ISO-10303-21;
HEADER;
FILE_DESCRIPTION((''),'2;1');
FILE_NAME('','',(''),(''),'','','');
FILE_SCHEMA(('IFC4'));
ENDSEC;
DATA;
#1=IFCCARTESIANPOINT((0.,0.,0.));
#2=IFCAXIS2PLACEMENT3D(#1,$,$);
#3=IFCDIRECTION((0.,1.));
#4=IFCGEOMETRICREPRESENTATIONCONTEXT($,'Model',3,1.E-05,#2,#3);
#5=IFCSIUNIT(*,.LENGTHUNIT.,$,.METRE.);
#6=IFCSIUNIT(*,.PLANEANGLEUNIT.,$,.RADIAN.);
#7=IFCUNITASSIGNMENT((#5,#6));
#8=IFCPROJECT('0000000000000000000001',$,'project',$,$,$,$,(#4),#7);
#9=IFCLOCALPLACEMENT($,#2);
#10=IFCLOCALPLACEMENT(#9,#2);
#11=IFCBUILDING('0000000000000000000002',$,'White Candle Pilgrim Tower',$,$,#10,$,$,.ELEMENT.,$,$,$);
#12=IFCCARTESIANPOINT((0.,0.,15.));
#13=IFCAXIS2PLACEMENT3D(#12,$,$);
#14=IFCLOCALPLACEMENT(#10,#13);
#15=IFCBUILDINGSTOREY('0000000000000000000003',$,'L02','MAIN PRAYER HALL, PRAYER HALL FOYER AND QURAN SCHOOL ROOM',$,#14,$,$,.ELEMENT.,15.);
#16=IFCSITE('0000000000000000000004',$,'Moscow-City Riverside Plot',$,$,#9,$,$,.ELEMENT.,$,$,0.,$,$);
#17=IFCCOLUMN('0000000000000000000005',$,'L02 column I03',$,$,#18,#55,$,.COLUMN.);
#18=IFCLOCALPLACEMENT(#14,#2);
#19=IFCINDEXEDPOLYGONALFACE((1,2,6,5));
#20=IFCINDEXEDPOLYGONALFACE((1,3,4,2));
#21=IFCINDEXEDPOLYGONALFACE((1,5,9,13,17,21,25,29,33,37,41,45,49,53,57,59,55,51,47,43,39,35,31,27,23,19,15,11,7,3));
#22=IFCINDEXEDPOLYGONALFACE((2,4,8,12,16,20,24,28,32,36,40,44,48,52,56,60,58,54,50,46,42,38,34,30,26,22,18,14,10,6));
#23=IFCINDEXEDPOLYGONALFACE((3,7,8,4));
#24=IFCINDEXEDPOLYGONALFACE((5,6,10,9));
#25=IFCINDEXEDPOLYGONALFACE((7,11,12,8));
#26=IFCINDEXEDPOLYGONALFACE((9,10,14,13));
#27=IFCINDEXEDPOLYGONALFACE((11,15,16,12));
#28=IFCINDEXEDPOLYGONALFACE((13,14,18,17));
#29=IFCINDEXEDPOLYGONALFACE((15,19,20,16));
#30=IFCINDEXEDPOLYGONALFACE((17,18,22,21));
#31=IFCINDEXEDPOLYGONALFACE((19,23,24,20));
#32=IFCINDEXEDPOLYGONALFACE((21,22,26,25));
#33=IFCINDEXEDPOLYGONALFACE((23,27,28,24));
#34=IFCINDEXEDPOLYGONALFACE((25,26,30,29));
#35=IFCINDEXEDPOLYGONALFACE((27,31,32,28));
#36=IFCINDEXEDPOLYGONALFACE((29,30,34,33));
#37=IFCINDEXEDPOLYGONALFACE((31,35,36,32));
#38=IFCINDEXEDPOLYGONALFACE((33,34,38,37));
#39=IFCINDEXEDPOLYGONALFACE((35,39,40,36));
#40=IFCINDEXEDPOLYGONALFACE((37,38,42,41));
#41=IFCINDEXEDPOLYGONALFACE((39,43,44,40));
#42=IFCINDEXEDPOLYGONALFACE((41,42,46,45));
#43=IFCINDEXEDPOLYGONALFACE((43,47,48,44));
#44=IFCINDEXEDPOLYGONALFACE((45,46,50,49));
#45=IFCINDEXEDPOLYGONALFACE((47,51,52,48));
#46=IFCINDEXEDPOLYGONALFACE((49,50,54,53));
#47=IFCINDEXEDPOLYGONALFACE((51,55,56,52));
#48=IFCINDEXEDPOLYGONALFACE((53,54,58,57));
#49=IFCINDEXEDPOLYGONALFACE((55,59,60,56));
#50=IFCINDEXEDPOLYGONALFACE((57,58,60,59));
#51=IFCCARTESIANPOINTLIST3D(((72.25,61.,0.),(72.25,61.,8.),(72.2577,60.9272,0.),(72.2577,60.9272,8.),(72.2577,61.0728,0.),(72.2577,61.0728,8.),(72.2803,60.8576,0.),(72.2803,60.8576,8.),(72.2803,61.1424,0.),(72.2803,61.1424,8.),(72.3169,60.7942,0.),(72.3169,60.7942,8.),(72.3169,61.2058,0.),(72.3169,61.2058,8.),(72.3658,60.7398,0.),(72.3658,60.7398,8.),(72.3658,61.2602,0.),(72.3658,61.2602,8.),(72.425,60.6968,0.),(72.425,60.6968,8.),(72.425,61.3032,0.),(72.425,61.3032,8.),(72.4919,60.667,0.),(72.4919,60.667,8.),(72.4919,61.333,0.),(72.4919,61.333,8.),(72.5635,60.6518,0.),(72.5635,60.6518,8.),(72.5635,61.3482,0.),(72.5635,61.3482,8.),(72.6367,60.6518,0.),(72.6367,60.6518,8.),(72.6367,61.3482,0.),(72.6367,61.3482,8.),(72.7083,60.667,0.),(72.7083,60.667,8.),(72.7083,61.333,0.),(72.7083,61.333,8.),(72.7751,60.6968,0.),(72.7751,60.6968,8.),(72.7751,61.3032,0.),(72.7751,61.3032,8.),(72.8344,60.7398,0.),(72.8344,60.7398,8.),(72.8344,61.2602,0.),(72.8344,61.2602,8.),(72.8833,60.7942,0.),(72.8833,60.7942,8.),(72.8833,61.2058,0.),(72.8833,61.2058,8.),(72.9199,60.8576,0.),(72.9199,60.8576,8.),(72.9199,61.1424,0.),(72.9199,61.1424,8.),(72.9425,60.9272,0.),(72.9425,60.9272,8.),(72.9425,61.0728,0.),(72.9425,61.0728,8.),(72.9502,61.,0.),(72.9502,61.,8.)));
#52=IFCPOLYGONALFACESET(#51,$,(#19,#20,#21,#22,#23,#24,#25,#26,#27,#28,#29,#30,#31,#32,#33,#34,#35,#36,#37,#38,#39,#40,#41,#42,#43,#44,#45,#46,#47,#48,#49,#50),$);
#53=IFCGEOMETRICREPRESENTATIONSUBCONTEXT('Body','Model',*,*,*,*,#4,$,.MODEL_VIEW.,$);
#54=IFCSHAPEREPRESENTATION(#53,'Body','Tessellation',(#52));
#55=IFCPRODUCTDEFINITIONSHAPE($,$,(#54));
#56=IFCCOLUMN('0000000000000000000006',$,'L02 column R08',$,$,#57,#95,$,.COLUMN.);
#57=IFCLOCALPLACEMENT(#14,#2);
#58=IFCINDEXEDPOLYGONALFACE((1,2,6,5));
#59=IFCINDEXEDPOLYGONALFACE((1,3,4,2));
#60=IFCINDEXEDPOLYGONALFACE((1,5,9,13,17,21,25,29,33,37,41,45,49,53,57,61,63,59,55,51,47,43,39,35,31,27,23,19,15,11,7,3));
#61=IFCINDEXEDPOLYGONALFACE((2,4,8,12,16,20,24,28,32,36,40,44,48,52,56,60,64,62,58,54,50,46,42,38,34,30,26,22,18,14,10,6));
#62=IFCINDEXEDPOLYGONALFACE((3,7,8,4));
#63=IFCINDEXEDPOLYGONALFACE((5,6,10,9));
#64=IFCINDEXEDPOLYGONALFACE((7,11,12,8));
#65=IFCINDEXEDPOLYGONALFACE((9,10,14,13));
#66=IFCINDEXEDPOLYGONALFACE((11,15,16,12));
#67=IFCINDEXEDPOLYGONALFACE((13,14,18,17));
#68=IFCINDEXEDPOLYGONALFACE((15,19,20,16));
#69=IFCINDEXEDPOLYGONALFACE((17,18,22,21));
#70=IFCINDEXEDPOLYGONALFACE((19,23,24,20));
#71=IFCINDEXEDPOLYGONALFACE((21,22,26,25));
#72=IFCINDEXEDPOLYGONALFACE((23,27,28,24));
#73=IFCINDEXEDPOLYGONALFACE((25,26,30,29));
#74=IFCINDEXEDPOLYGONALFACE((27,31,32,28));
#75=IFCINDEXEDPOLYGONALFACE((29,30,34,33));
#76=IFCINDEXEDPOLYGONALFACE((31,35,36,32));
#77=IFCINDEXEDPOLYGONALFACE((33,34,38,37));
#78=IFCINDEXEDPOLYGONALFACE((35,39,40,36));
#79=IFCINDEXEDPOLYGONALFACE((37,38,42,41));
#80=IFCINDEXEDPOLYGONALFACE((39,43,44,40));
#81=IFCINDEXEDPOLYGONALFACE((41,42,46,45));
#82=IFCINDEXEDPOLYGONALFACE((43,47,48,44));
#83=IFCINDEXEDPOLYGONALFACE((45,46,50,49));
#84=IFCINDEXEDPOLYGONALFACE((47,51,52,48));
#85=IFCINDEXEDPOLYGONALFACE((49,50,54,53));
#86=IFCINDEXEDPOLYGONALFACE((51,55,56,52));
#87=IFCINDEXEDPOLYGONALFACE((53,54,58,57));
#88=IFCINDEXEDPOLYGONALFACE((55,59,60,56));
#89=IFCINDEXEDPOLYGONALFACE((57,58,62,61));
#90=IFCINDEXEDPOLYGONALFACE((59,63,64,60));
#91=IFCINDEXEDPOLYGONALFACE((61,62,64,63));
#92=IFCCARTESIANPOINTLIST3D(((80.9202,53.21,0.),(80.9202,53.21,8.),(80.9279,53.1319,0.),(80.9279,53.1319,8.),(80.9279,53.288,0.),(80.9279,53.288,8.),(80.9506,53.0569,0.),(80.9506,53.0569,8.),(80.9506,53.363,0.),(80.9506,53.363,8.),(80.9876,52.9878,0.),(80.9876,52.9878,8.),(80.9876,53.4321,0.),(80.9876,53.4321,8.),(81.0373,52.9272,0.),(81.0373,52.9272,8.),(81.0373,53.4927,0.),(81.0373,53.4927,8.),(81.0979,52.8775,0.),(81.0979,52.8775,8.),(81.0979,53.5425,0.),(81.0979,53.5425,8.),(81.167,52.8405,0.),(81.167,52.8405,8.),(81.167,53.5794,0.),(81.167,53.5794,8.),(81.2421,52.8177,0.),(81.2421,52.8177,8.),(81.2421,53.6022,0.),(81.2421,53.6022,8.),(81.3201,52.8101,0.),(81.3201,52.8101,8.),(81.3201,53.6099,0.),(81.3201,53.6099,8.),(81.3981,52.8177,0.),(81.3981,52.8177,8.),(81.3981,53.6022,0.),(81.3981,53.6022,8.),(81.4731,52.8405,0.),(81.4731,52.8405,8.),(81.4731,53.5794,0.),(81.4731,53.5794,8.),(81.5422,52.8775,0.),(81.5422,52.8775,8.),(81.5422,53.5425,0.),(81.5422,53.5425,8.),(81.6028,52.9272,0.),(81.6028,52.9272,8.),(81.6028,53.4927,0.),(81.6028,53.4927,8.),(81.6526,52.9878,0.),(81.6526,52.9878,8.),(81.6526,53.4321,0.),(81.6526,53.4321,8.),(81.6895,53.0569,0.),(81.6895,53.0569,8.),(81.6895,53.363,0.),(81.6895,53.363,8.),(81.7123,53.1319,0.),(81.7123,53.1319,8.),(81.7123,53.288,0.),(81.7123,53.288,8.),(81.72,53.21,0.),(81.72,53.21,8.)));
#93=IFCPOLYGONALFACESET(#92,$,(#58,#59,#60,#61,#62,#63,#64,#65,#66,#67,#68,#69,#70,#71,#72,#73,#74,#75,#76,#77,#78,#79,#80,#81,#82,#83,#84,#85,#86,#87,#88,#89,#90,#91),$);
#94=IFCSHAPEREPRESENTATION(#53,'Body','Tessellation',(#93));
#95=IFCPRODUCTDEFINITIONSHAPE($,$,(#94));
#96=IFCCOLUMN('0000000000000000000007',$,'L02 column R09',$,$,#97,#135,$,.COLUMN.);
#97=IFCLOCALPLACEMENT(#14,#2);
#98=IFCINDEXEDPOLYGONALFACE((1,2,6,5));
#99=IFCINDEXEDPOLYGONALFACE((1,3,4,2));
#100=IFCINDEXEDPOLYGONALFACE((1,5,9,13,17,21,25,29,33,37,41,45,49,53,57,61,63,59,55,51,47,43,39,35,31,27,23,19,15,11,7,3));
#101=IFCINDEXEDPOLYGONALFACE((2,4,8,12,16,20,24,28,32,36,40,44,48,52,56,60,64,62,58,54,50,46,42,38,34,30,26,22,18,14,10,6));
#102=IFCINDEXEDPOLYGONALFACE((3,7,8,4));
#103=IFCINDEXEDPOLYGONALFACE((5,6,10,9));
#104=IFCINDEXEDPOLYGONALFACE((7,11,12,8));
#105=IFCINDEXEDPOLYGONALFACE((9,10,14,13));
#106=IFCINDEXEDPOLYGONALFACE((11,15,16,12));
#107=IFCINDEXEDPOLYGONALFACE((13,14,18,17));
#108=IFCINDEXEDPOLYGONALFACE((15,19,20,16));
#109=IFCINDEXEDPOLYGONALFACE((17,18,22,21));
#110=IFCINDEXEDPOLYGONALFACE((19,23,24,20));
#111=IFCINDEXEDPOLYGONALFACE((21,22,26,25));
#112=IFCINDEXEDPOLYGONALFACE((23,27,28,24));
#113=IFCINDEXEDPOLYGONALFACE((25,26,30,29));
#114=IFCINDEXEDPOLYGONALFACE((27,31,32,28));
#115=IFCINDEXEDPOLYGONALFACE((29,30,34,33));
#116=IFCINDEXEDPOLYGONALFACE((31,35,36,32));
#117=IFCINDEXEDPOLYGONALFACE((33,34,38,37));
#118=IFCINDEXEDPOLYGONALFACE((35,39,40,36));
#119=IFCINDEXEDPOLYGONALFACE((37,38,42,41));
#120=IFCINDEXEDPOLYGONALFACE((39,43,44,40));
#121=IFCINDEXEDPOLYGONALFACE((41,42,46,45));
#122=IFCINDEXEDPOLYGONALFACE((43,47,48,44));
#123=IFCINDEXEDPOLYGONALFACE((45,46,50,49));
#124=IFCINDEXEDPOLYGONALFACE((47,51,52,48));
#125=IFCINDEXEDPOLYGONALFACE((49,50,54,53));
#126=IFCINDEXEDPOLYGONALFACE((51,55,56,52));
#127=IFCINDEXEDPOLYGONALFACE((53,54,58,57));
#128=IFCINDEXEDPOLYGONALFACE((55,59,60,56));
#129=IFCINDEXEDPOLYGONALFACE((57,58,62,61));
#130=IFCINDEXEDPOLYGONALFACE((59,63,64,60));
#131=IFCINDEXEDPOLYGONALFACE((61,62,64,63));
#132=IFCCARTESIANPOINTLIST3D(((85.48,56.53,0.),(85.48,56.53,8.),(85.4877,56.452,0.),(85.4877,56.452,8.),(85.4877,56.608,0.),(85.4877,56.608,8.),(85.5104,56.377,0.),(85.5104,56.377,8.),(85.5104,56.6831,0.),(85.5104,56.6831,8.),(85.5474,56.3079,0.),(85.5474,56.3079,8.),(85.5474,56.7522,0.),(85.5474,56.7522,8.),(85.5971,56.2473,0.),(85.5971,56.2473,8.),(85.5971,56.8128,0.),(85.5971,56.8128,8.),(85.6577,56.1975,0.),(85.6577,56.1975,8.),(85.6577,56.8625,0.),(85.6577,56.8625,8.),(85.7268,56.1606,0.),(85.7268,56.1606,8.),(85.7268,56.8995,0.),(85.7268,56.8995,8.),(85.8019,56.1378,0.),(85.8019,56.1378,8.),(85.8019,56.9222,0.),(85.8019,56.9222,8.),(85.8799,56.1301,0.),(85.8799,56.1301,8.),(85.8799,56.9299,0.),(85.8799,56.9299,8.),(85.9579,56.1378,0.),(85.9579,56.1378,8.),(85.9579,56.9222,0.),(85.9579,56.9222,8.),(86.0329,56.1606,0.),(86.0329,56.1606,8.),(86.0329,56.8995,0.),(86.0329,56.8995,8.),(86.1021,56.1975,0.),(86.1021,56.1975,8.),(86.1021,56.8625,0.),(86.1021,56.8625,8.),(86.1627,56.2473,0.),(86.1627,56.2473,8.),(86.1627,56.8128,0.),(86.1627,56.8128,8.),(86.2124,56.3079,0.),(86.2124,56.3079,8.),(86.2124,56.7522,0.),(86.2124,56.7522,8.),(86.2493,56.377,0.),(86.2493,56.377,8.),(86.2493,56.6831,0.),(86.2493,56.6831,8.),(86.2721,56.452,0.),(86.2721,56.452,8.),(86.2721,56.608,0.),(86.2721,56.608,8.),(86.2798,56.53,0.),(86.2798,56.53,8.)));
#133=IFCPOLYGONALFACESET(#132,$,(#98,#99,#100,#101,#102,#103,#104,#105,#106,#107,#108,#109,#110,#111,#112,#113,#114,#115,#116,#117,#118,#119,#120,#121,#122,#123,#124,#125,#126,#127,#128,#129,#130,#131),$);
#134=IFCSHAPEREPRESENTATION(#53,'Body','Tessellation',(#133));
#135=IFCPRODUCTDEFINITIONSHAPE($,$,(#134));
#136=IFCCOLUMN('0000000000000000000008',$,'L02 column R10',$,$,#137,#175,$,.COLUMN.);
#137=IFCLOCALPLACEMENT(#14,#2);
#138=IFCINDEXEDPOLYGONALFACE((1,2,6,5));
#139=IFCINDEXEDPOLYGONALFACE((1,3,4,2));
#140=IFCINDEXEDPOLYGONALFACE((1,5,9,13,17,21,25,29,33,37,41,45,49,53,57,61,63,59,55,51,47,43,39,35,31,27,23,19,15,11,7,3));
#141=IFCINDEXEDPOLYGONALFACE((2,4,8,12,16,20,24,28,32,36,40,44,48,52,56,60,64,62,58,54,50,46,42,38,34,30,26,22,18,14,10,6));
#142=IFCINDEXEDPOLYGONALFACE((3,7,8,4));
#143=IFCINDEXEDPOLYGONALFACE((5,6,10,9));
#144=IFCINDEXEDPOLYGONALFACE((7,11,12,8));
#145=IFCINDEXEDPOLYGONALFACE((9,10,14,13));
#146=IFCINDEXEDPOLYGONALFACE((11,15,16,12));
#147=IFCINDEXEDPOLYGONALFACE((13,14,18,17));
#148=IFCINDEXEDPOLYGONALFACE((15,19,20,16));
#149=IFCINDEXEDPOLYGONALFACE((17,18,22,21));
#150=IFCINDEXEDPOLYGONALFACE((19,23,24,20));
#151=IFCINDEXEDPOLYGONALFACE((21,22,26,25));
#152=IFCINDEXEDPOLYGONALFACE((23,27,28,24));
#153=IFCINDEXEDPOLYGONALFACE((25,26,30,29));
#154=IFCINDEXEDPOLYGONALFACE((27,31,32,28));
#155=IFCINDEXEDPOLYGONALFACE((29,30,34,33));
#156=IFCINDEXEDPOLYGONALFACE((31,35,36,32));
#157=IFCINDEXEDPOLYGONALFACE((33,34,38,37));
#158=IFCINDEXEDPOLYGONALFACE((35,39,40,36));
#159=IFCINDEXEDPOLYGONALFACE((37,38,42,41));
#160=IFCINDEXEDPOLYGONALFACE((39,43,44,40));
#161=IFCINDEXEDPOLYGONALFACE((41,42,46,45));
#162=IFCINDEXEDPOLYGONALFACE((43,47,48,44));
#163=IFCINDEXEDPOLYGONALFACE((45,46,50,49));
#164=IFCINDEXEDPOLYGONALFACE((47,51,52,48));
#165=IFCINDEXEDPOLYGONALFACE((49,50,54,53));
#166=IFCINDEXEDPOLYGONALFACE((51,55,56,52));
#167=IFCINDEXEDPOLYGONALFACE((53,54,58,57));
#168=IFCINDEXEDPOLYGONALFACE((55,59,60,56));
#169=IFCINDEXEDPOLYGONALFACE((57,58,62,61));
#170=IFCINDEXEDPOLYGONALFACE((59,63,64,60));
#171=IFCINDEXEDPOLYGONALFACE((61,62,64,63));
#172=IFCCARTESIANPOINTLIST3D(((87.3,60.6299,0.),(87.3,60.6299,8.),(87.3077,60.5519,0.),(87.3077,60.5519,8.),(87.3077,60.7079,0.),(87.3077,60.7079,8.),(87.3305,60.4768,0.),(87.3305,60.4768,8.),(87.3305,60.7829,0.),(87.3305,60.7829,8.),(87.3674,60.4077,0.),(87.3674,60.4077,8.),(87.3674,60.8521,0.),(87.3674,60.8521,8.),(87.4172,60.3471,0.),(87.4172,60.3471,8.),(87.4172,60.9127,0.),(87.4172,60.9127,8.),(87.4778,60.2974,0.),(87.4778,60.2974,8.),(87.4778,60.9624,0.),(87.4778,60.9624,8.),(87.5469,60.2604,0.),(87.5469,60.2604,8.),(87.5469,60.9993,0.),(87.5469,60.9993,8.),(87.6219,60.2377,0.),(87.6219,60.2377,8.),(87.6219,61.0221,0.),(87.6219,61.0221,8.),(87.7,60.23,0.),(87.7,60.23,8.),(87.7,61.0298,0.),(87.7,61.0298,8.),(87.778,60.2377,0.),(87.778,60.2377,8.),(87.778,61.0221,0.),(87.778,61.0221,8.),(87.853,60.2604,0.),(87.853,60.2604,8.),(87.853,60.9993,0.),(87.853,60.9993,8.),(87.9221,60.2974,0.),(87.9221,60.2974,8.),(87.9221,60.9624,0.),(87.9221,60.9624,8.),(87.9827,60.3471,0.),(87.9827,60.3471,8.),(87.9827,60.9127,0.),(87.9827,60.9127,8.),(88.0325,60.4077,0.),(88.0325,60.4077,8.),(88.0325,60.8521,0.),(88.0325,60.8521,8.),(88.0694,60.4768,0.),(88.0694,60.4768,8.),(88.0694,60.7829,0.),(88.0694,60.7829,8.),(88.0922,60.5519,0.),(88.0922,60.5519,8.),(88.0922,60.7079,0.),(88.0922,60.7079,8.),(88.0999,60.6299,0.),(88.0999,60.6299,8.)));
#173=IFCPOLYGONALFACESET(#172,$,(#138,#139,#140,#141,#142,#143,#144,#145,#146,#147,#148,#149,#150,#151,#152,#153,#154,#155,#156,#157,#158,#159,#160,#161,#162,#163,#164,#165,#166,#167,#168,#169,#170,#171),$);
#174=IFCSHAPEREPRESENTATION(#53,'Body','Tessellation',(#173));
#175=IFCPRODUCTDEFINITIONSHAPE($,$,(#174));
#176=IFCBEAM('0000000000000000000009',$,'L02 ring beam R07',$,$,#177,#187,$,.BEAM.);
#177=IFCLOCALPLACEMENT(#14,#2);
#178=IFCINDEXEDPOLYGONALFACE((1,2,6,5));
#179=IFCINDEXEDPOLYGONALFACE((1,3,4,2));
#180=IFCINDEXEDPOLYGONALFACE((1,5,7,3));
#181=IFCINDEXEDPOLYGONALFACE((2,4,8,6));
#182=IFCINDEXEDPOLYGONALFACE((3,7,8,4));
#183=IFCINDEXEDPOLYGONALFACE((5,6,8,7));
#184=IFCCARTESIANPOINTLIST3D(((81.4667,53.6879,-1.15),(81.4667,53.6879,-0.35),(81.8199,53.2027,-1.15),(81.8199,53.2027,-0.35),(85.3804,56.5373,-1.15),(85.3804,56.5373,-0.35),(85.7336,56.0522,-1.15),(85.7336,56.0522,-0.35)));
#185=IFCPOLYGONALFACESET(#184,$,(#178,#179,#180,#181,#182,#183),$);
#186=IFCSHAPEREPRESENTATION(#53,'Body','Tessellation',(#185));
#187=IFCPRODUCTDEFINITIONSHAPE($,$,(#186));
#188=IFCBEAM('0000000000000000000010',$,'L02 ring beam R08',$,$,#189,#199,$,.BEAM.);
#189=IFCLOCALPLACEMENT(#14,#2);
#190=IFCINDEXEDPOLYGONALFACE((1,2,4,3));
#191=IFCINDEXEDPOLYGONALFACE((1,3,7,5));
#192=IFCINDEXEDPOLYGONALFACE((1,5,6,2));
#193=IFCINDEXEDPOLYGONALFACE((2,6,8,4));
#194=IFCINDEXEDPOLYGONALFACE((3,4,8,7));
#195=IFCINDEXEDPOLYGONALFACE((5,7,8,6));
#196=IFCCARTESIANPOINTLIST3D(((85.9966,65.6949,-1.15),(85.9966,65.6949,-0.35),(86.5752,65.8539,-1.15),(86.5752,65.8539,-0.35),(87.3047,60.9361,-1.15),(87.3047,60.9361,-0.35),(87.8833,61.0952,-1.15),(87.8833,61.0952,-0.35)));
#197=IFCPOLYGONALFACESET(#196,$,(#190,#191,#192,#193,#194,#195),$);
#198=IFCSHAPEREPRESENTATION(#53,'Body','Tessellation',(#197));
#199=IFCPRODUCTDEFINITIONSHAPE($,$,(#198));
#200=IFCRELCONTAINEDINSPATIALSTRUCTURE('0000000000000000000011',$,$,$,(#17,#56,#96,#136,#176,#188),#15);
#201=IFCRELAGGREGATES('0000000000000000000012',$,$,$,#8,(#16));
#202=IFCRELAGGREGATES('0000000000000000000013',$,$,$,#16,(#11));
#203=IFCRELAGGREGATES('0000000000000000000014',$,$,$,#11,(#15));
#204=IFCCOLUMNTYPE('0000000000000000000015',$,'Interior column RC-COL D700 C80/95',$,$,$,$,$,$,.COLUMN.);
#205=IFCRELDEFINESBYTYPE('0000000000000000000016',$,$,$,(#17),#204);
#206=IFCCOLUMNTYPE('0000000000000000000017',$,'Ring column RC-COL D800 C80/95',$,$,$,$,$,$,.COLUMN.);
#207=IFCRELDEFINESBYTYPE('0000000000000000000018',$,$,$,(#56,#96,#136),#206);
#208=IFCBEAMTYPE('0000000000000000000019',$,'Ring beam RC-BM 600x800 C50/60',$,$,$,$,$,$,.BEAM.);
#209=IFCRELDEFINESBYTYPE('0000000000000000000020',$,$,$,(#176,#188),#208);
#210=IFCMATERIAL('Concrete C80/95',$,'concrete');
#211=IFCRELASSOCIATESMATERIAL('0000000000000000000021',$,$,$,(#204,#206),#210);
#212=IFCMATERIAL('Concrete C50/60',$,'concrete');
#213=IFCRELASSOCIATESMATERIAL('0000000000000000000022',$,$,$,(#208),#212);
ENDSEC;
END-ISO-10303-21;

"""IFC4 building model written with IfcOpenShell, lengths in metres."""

from ifc_helpers import new_model, si_unit, direction, frame, origin, origin_2d, place, context, subcontext, project, spatial, rectangle, circle, extrude, material, material_profile, profile_set, type_object, element, save


model = new_model("IFC4")

# Units and contexts
model_context = context("Model", 3, precision=1e-05, world=origin(), true_north=direction((0.0, 1.0)))
body_context = subcontext(model_context, "Body", "Model", "MODEL_VIEW")
ifc_project = project(units=[si_unit("LENGTHUNIT", "METRE"), si_unit("PLANEANGLEUNIT", "RADIAN")], contexts=[model_context])

# Site, building, storey
site_placement = place(None, origin())
site = spatial("IfcSite", under=ifc_project, at=site_placement, Name="Moscow-City Riverside Plot", CompositionType="ELEMENT", RefElevation=0.0)
building_placement = place(site_placement, origin())
building = spatial("IfcBuilding", under=site, at=building_placement, Name="White Candle Pilgrim Tower", CompositionType="ELEMENT")
storey_placement = place(building_placement, frame((0.0, 0.0, 15.0)))
storey = spatial("IfcBuildingStorey", under=building, at=storey_placement, Name="L02", Description="MAIN PRAYER HALL, PRAYER HALL FOYER AND QURAN SCHOOL ROOM", CompositionType="ELEMENT", Elevation=15.0)

# Columns
ifc_material_1 = material(Name="Concrete C80/95", Category="concrete")
ifc_material_profile_1 = material_profile(ifc_material_1, circle(Radius=0.3501, at=origin_2d()), Name="RC-COL D700")
ifc_profile_set_1 = profile_set([ifc_material_profile_1], Name="Concrete C80/95")
column_type_1 = type_object("IfcColumnType", Name="Interior column RC-COL D700 C80/95", PredefinedType="COLUMN", material=ifc_profile_set_1)
column_placement = place(storey_placement, frame((72.6001, 61.0, 0.0), z_axis=(0.0, 0.0, 1.0), x_axis=(1.0, 0.0, 0.0)))
element("IfcColumn", 1, at=column_placement, inside=storey, type_object=column_type_1, Name="L02 column I03", PredefinedType="COLUMN", context=body_context, shape_type="SweptSolid", body=[
    extrude(circle(Radius=0.3501, at=origin_2d()), origin(), (0.0, 0.0, 1.0), 8.0),
])
ifc_material_profile_2 = material_profile(ifc_material_1, circle(Radius=0.3999, at=origin_2d()), Name="RC-COL D800")
ifc_profile_set_2 = profile_set([ifc_material_profile_2], Name="Concrete C80/95")
column_type_2 = type_object("IfcColumnType", Name="Ring column RC-COL D800 C80/95", PredefinedType="COLUMN", material=ifc_profile_set_2)
for number, where, z_axis, x_axis, name in (
    (2, (81.3201, 53.21, 0.0), (0.0, 0.0, 1.0), (1.0, 0.0, 0.0), "L02 column R08"),
    (3, (85.8799, 56.53, 0.0), (0.0, 0.0, 1.0), (1.0, 0.0, 0.0), "L02 column R09"),
    (4, (87.7, 60.6299, 0.0), (0.0, 0.0, 1.0), (1.0, 0.0, 0.0), "L02 column R10"),
):
    element("IfcColumn", number, at=place(storey_placement, frame(where, z_axis=z_axis, x_axis=x_axis)), inside=storey, type_object=column_type_2, Name=name, PredefinedType="COLUMN", context=body_context, shape_type="SweptSolid", body=[
        extrude(circle(Radius=0.3999, at=origin_2d()), origin(), (0.0, 0.0, 1.0), 8.0),
    ])

# Beams
ifc_material_2 = material(Name="Concrete C50/60", Category="concrete")
ifc_material_profile_3 = material_profile(ifc_material_2, rectangle(XDim=0.6001, YDim=0.8, at=origin_2d()), Name="RC-BM 600x800")
ifc_profile_set_3 = profile_set([ifc_material_profile_3], Name="Concrete C50/60")
beam_type = type_object("IfcBeamType", Name="Ring beam RC-BM 600x800 C50/60", PredefinedType="BEAM", material=ifc_profile_set_3)
beam_1_placement = place(storey_placement, frame((81.6433, 53.4453, -0.75), z_axis=(0.808428, 0.588594, 0.0), x_axis=(-0.588594, 0.808428, 0.0)))
element("IfcBeam", 5, at=beam_1_placement, inside=storey, type_object=beam_type, Name="L02 ring beam R07", PredefinedType="BEAM", context=body_context, shape_type="SweptSolid", body=[
    extrude(rectangle(XDim=0.6001, YDim=0.8, at=origin_2d()), origin(), (0.0, 0.0, 1.0), 4.8411),
])
beam_2_placement = place(storey_placement, frame((87.594, 61.0156, -0.75), z_axis=(-0.265051, 0.964234, 0.0), x_axis=(-0.964234, -0.265051, 0.0)))
element("IfcBeam", 6, at=beam_2_placement, inside=storey, type_object=beam_type, Name="L02 ring beam R08", PredefinedType="BEAM", context=body_context, shape_type="SweptSolid", body=[
    extrude(rectangle(XDim=0.6001, YDim=0.8, at=origin_2d()), origin(), (0.0, 0.0, 1.0), 4.9353),
])

save(model, "model.ifc")
